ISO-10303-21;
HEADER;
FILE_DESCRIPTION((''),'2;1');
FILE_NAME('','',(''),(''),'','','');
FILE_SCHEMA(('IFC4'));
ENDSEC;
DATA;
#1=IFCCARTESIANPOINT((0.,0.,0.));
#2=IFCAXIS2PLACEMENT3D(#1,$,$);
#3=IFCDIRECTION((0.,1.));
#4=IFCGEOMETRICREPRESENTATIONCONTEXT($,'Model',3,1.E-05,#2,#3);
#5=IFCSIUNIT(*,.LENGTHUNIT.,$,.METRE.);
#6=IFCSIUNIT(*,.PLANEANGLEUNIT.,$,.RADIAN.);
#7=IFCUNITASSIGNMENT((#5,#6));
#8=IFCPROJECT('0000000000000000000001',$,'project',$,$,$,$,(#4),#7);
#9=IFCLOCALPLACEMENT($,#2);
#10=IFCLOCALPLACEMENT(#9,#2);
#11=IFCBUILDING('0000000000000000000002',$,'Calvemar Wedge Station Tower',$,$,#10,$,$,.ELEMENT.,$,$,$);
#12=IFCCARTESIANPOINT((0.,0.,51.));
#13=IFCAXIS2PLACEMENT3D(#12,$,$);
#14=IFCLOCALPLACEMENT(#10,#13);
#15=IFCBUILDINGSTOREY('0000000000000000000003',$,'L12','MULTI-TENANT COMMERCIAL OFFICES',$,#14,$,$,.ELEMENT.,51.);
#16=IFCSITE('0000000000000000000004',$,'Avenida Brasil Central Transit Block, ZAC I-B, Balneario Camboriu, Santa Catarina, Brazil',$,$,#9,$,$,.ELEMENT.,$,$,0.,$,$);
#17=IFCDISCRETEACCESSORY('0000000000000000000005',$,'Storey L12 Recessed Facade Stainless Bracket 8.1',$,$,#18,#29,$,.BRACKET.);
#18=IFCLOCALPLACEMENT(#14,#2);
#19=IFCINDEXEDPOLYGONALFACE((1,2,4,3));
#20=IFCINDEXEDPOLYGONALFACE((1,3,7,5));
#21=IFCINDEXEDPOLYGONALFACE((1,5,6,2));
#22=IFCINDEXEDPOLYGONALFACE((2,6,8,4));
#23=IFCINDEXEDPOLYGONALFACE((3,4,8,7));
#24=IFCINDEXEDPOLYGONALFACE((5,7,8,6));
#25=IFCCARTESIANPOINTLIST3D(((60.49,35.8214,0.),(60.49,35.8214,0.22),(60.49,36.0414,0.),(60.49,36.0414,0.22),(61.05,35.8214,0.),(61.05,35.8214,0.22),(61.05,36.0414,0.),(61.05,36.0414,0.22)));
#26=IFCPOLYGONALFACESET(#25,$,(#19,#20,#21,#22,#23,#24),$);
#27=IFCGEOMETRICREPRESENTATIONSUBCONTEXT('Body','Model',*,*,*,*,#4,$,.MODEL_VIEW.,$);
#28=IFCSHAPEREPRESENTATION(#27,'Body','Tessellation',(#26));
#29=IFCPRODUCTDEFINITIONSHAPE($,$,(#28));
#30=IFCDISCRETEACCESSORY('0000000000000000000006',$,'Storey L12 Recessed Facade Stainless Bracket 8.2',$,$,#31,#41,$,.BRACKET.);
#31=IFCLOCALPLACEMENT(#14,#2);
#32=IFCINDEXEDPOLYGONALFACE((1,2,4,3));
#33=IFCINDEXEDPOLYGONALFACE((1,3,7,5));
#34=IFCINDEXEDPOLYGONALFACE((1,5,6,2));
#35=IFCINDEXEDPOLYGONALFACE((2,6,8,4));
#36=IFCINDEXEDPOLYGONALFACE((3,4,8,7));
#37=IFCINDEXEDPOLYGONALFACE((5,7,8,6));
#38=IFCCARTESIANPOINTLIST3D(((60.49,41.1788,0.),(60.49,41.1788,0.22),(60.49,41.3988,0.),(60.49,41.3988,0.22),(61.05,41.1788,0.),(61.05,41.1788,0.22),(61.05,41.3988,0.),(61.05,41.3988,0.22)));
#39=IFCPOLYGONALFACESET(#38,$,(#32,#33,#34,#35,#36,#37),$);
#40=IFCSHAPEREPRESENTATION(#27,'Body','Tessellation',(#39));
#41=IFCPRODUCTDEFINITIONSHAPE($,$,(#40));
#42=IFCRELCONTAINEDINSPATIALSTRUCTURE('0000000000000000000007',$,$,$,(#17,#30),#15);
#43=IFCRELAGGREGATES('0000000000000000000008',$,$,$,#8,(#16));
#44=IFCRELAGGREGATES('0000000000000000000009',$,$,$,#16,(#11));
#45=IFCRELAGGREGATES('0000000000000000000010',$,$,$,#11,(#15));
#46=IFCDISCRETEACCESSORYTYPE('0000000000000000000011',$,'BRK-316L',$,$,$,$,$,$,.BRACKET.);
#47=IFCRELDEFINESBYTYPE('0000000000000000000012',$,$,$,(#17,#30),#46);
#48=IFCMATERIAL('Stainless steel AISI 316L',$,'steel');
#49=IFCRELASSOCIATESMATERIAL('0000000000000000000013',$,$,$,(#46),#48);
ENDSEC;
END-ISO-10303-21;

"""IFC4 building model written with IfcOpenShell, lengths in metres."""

from ifc_helpers import new_model, si_unit, direction, frame, origin, origin_2d, place, context, subcontext, project, spatial, rectangle, extrude, source, transform, mapped, material, type_object, element, save


model = new_model("IFC4")

# Units and contexts
model_context = context("Model", 3, precision=1e-05, world=origin(), true_north=direction((0.0, 1.0)))
body_context = subcontext(model_context, "Body", "Model", "MODEL_VIEW")
ifc_project = project(units=[si_unit("LENGTHUNIT", "METRE"), si_unit("PLANEANGLEUNIT", "RADIAN")], contexts=[model_context])

# Site, building, storey
site_placement = place(None, origin())
site = spatial("IfcSite", under=ifc_project, at=site_placement, Name="Avenida Brasil Central Transit Block, ZAC I-B, Balneario Camboriu, Santa Catarina, Brazil", CompositionType="ELEMENT", RefElevation=0.0)
building_placement = place(site_placement, origin())
building = spatial("IfcBuilding", under=site, at=building_placement, Name="Calvemar Wedge Station Tower", CompositionType="ELEMENT")
storey_placement = place(building_placement, frame((0.0, 0.0, 51.0)))
storey = spatial("IfcBuildingStorey", under=building, at=storey_placement, Name="L12", Description="MULTI-TENANT COMMERCIAL OFFICES", CompositionType="ELEMENT", Elevation=51.0)

# Discrete accessories
ifc_material_1 = material(Name="Stainless steel AISI 316L", Category="steel")
discrete_accessory_type = type_object("IfcDiscreteAccessoryType", Name="BRK-316L", PredefinedType="BRACKET", material=ifc_material_1)
shared_shape_1 = source(origin(), body_context, "Body", "SweptSolid", [
    extrude(rectangle(XDim=0.22, YDim=0.5601, at=origin_2d()), origin(), (0.0, 0.0, 1.0), 0.22),
])
for number, where, z_axis, x_axis, name in (
    (1, (60.77, 35.9314, 0.0), (0.0, 0.0, 1.0), (0.0, 1.0, 0.0), "Storey L12 Recessed Facade Stainless Bracket 8.1"),
    (2, (60.77, 41.2888, 0.0), (0.0, 0.0, 1.0), (0.0, 1.0, 0.0), "Storey L12 Recessed Facade Stainless Bracket 8.2"),
):
    element("IfcDiscreteAccessory", number, at=place(storey_placement, frame(where, z_axis=z_axis, x_axis=x_axis)), inside=storey, type_object=discrete_accessory_type, Name=name, PredefinedType="BRACKET", context=body_context, shape_type="MappedRepresentation", body=[
        mapped(shared_shape_1, transform((0.0, 0.0, 0.0), scale=1.0)),
    ])

save(model, "model.ifc")
